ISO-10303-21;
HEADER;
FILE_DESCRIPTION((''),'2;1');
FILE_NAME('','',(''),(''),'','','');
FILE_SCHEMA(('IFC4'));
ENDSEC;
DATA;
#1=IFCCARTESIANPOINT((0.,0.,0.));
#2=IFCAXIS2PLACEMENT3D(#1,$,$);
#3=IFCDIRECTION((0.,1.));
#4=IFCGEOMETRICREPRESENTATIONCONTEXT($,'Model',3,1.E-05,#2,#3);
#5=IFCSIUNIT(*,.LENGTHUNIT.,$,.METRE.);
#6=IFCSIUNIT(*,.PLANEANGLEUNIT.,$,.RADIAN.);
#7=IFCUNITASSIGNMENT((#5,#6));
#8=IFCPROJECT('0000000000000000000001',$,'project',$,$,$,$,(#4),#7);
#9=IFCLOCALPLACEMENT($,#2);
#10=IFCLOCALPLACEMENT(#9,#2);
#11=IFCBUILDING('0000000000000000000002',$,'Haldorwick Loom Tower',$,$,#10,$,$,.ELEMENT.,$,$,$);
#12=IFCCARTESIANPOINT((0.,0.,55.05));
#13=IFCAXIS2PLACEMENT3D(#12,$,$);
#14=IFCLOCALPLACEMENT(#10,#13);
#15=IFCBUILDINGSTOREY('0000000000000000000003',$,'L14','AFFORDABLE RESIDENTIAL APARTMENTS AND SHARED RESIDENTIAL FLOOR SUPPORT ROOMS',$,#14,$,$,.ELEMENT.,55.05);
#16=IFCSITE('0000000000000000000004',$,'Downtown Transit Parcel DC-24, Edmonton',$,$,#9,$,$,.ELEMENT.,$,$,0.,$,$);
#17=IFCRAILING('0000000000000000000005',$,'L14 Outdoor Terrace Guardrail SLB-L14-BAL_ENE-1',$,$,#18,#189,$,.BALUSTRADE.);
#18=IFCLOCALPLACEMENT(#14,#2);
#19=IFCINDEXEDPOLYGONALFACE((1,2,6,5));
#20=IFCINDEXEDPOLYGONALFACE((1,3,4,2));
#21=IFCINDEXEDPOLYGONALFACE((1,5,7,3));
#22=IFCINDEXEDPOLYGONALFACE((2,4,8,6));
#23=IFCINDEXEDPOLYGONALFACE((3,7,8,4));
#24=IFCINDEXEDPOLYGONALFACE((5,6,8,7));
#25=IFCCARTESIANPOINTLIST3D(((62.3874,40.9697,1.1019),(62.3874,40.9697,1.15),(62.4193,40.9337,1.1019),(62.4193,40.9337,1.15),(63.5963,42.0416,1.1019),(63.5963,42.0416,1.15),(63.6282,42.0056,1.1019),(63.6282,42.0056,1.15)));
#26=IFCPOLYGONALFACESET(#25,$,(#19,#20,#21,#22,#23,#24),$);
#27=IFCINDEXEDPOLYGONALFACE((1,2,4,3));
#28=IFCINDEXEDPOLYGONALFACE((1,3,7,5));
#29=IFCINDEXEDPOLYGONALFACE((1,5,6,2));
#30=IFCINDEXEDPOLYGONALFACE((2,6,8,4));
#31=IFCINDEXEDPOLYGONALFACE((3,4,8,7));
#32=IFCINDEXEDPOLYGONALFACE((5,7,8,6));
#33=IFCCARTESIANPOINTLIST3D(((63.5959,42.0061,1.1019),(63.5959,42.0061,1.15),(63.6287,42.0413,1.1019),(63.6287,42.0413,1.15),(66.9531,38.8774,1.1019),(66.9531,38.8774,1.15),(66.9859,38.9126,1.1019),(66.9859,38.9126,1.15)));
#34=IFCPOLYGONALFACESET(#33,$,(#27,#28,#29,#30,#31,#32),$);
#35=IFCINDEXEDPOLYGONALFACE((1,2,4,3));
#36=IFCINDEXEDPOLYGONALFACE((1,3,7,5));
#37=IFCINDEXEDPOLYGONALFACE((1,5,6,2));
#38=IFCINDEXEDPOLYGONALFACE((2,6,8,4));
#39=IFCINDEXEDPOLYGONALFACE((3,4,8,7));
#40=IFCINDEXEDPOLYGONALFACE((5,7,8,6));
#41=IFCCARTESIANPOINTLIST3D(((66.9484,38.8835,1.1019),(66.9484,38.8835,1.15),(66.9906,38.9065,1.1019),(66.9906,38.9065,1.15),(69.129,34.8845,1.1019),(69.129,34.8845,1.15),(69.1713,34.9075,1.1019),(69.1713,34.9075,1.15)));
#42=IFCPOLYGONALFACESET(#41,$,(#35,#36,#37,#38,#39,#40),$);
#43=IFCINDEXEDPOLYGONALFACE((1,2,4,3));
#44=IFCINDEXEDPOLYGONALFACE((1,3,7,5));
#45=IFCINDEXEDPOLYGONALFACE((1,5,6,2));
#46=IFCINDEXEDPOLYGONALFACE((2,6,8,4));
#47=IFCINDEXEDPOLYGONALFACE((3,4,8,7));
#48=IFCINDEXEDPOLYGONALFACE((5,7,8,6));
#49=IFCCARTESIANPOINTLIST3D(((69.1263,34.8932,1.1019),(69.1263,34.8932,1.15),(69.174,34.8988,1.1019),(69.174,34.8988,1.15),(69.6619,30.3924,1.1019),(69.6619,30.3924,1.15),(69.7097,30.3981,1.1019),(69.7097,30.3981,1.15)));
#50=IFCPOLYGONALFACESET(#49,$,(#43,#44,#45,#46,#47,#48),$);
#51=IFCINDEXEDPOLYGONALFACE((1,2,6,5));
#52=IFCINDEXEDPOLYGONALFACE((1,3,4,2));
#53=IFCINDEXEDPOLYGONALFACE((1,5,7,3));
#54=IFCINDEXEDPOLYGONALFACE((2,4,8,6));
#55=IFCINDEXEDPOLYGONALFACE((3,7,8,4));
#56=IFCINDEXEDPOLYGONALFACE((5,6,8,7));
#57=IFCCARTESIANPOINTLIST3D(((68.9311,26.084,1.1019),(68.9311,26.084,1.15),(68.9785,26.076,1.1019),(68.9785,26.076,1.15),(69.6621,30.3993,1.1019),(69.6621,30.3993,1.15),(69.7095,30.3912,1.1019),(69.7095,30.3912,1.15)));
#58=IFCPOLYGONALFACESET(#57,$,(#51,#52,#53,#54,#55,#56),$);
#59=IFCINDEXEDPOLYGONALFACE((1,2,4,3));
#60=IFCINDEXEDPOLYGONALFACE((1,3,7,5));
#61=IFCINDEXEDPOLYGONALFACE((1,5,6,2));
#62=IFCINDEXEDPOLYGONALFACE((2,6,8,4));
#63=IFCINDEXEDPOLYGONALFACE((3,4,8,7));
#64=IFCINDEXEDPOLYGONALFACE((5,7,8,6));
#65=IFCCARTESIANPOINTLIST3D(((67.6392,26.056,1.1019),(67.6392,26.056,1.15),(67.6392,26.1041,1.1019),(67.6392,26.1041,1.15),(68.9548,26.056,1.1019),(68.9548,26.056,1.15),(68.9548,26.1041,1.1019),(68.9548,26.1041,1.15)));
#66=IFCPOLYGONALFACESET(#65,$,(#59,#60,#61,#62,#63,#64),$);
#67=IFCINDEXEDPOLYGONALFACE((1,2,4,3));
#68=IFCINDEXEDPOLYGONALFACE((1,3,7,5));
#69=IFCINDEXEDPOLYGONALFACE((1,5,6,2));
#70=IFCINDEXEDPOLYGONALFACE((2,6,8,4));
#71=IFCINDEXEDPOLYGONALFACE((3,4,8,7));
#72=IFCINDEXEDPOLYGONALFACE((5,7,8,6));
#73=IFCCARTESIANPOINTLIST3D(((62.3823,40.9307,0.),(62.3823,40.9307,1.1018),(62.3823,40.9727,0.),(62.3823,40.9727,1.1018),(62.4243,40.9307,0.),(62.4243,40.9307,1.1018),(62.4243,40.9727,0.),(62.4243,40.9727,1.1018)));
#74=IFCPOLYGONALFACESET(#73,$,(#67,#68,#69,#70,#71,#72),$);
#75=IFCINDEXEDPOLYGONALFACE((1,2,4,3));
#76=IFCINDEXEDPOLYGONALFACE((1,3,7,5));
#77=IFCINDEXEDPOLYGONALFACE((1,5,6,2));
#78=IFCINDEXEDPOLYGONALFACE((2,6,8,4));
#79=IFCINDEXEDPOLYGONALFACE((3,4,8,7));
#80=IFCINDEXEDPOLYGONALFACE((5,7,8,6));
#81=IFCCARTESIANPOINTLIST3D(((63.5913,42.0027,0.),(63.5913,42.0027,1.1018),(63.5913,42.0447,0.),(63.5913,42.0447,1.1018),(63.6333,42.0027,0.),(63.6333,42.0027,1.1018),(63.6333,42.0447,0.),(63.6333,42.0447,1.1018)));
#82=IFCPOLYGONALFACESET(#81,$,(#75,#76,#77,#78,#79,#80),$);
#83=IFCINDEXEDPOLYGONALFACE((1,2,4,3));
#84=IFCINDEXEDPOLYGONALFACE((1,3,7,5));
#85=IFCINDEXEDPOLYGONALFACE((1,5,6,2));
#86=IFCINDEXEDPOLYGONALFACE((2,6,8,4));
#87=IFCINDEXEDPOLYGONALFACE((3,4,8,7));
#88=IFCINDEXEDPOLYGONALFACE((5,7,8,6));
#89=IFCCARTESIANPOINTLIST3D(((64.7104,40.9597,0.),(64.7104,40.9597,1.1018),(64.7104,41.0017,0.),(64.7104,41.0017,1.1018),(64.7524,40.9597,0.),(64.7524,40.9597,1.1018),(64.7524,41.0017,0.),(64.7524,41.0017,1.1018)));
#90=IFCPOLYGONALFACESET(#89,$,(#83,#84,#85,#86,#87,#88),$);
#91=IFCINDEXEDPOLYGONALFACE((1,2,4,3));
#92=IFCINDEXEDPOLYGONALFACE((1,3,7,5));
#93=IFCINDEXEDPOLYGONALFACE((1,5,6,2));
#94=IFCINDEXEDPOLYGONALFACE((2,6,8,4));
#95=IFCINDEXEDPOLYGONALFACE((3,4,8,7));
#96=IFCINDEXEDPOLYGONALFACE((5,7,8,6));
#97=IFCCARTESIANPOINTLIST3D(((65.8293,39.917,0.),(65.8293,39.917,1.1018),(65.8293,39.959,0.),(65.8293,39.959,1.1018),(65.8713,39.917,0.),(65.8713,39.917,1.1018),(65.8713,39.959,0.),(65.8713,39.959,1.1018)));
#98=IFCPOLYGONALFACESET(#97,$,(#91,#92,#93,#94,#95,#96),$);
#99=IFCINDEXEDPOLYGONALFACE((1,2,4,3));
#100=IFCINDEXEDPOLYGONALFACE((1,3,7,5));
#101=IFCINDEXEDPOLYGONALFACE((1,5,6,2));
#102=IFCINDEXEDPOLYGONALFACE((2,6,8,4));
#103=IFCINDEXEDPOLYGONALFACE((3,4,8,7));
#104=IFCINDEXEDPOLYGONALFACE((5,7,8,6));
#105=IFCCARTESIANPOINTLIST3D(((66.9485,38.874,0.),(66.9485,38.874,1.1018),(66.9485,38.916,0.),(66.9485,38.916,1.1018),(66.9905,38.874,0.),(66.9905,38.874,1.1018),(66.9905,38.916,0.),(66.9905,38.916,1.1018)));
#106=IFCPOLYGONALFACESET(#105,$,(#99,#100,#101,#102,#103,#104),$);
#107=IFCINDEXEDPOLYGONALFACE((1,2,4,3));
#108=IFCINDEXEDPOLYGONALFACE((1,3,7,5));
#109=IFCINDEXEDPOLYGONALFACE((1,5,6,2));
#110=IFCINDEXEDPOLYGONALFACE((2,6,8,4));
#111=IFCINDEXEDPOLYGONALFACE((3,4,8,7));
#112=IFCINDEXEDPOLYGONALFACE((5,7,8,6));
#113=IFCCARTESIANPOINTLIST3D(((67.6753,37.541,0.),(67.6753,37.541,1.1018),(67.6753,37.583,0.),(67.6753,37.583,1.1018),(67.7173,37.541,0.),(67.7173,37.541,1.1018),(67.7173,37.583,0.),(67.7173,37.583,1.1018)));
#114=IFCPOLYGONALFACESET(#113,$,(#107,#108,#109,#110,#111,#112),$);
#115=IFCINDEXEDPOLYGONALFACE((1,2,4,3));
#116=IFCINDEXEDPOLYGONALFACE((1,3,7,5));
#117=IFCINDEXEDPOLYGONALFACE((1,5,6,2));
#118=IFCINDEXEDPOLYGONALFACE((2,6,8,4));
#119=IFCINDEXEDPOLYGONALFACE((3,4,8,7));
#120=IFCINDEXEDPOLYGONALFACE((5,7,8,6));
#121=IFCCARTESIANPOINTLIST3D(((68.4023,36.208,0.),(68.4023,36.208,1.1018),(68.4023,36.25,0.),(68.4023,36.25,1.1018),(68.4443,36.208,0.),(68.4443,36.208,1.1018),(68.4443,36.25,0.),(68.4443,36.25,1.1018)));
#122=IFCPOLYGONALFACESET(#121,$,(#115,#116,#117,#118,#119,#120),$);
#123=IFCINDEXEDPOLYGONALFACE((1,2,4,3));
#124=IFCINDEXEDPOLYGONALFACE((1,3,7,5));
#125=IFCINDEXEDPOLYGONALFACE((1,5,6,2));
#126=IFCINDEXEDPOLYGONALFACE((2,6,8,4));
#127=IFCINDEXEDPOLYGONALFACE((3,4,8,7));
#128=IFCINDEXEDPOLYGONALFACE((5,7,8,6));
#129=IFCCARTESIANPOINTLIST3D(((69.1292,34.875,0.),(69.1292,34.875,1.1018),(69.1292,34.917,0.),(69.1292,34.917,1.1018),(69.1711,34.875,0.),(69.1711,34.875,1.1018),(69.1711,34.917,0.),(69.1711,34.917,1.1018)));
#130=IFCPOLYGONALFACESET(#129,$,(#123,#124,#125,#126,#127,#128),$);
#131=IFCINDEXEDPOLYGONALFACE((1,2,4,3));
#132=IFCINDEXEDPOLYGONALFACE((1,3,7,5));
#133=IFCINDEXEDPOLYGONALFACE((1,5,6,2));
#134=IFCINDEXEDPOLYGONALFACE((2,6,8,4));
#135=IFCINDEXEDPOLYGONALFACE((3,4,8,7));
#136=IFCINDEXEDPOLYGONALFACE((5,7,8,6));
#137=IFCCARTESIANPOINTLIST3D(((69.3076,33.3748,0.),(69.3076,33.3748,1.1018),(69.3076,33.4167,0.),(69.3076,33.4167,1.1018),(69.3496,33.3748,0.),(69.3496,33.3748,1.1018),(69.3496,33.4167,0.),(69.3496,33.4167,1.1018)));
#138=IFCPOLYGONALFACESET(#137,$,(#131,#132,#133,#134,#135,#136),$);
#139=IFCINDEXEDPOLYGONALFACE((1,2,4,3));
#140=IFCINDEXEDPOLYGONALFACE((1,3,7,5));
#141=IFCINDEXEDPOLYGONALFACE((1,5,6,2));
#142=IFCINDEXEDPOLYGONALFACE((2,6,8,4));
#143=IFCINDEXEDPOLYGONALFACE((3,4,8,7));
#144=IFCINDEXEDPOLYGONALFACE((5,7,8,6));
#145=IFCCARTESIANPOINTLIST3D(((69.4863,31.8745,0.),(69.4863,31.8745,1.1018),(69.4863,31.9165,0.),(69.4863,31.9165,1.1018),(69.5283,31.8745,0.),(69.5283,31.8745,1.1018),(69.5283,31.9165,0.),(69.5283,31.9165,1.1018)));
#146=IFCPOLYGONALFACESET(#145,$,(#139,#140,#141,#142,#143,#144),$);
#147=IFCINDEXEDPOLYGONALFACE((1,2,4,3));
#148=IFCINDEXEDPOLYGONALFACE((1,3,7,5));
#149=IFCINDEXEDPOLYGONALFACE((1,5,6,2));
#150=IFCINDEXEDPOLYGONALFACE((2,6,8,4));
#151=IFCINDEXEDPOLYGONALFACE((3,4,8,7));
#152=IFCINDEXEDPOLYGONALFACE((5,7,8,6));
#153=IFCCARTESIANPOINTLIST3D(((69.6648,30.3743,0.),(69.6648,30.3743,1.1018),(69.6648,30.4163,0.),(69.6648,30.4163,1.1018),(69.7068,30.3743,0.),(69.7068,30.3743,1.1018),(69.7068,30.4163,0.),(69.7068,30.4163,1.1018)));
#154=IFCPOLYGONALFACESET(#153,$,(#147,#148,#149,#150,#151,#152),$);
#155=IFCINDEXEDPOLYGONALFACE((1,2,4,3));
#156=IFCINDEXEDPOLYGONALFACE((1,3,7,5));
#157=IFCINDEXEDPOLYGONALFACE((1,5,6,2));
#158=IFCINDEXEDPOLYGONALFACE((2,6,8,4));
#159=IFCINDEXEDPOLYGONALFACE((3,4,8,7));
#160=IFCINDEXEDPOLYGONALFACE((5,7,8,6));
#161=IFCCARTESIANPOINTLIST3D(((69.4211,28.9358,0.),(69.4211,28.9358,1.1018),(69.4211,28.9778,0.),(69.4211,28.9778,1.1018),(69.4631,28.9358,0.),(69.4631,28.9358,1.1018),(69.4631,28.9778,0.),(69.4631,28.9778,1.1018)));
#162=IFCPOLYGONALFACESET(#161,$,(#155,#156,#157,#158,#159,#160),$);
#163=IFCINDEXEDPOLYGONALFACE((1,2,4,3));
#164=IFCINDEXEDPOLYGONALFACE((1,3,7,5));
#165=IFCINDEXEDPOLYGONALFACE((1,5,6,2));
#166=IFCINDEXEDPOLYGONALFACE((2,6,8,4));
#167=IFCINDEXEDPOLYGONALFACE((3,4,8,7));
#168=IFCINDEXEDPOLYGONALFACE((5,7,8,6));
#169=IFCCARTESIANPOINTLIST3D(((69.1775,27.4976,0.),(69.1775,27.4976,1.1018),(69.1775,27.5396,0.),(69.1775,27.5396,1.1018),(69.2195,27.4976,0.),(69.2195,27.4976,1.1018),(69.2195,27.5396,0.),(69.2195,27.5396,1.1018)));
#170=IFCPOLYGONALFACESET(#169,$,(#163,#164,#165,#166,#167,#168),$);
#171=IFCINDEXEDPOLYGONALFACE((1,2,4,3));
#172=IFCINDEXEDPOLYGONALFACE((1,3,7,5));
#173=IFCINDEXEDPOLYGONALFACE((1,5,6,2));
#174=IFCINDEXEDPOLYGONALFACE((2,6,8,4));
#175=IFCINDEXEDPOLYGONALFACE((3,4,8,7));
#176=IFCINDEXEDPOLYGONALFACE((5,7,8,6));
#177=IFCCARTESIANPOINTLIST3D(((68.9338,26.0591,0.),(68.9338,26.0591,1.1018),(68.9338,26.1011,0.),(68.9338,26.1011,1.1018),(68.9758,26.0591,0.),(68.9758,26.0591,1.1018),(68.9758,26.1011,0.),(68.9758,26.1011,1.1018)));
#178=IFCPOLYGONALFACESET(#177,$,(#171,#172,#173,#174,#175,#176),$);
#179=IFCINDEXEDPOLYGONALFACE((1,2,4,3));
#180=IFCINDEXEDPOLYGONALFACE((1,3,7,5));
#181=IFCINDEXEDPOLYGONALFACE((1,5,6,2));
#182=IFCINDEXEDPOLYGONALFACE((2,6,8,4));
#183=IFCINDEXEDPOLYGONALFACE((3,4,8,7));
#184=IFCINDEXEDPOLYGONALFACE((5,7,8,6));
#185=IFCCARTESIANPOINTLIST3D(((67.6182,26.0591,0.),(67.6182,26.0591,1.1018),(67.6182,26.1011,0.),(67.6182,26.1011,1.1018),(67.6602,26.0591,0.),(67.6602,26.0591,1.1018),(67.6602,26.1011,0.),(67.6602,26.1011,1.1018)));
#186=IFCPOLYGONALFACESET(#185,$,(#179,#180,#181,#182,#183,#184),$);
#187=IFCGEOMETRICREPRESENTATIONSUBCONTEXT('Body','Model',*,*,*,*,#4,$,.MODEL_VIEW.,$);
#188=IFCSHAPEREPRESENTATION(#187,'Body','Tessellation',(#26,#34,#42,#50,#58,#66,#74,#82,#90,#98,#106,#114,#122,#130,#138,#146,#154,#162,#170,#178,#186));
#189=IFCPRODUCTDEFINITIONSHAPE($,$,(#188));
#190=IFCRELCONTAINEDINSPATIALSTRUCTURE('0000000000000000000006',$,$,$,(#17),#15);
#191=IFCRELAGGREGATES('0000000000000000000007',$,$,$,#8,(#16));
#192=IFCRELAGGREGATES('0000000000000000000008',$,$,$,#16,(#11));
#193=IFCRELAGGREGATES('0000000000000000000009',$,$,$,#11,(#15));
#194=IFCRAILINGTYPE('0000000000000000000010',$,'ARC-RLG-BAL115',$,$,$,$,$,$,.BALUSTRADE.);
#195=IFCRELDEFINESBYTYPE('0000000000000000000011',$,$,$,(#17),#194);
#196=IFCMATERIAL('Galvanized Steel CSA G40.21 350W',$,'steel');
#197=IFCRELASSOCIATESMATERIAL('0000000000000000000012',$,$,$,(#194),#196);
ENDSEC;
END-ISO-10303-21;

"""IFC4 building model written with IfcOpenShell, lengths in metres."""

from ifc_helpers import new_model, si_unit, direction, frame, origin, origin_2d, place, context, subcontext, project, spatial, rectangle, extrude, material, type_object, element, save


model = new_model("IFC4")

# Units and contexts
model_context = context("Model", 3, precision=1e-05, world=origin(), true_north=direction((0.0, 1.0)))
body_context = subcontext(model_context, "Body", "Model", "MODEL_VIEW")
ifc_project = project(units=[si_unit("LENGTHUNIT", "METRE"), si_unit("PLANEANGLEUNIT", "RADIAN")], contexts=[model_context])

# Site, building, storey
site_placement = place(None, origin())
site = spatial("IfcSite", under=ifc_project, at=site_placement, Name="Downtown Transit Parcel DC-24, Edmonton", CompositionType="ELEMENT", RefElevation=0.0)
building_placement = place(site_placement, origin())
building = spatial("IfcBuilding", under=site, at=building_placement, Name="Haldorwick Loom Tower", CompositionType="ELEMENT")
storey_placement = place(building_placement, frame((0.0, 0.0, 55.05)))
storey = spatial("IfcBuildingStorey", under=building, at=storey_placement, Name="L14", Description="AFFORDABLE RESIDENTIAL APARTMENTS AND SHARED RESIDENTIAL FLOOR SUPPORT ROOMS", CompositionType="ELEMENT", Elevation=55.05)

# Railing
ifc_material_1 = material(Name="Galvanized Steel CSA G40.21 350W", Category="steel")
railing_type = type_object("IfcRailingType", Name="ARC-RLG-BAL115", PredefinedType="BALUSTRADE", material=ifc_material_1)
railing_placement = place(storey_placement, frame((62.4033, 40.9517, 0.0)))
element("IfcRailing", 1, at=railing_placement, inside=storey, type_object=railing_type, Name="L14 Outdoor Terrace Guardrail SLB-L14-BAL_ENE-1", PredefinedType="BALUSTRADE", context=body_context, shape_type="SweptSolid", body=[
    extrude(rectangle(XDim=0.0481, YDim=0.0481, at=origin_2d()), frame((0.0, 0.0, 1.126), z_axis=(0.748217, 0.663454, 0.0), x_axis=(-0.663454, 0.748217, 0.0)), (0.0, 0.0, 1.0), 1.6157),
    extrude(rectangle(XDim=0.0481, YDim=0.0481, at=origin_2d()), frame((1.209, 1.072, 1.126), z_axis=(0.731566, -0.68177, 0.0), x_axis=(0.68177, 0.731566, 0.0)), (0.0, 0.0, 1.0), 4.5891),
    extrude(rectangle(XDim=0.0481, YDim=0.0481, at=origin_2d()), frame((4.5662, -2.0566, 1.126), z_axis=(0.478747, -0.877953, 0.0), x_axis=(0.877953, 0.478747, 0.0)), (0.0, 0.0, 1.0), 4.5549),
    extrude(rectangle(XDim=0.0481, YDim=0.0481, at=origin_2d()), frame((6.7468, -6.0557, 1.126), z_axis=(0.118179, -0.992992, 0.0), x_axis=(0.992992, 0.118179, 0.0)), (0.0, 0.0, 1.0), 4.5325),
    extrude(rectangle(XDim=0.0481, YDim=0.0481, at=origin_2d()), frame((7.2825, -10.5564, 1.126), z_axis=(-0.167013, -0.985955, 0.0), x_axis=(0.985955, -0.167013, 0.0)), (0.0, 0.0, 1.0), 4.3767),
    extrude(rectangle(XDim=0.0481, YDim=0.0481, at=origin_2d()), frame((6.5515, -14.8716, 1.126), z_axis=(-1.0, 0.0, 0.0), x_axis=(0.0, -1.0, 0.0)), (0.0, 0.0, 1.0), 1.3157),
    extrude(rectangle(XDim=0.042, YDim=0.042, at=origin_2d()), origin(), (0.0, 0.0, 1.0), 1.1018),
    extrude(rectangle(XDim=0.042, YDim=0.042, at=origin_2d()), frame((1.209, 1.072, 0.0)), (0.0, 0.0, 1.0), 1.1018),
    extrude(rectangle(XDim=0.042, YDim=0.042, at=origin_2d()), frame((2.3281, 0.0291, 0.0)), (0.0, 0.0, 1.0), 1.1018),
    extrude(rectangle(XDim=0.042, YDim=0.042, at=origin_2d()), frame((3.447, -1.0137, 0.0)), (0.0, 0.0, 1.0), 1.1018),
    extrude(rectangle(XDim=0.042, YDim=0.042, at=origin_2d()), frame((4.5662, -2.0566, 0.0)), (0.0, 0.0, 1.0), 1.1018),
    extrude(rectangle(XDim=0.042, YDim=0.042, at=origin_2d()), frame((5.293, -3.3896, 0.0)), (0.0, 0.0, 1.0), 1.1018),
    extrude(rectangle(XDim=0.042, YDim=0.042, at=origin_2d()), frame((6.02, -4.7227, 0.0)), (0.0, 0.0, 1.0), 1.1018),
    extrude(rectangle(XDim=0.042, YDim=0.042, at=origin_2d()), frame((6.7468, -6.0557, 0.0)), (0.0, 0.0, 1.0), 1.1018),
    extrude(rectangle(XDim=0.042, YDim=0.042, at=origin_2d()), frame((6.9253, -7.5559, 0.0)), (0.0, 0.0, 1.0), 1.1018),
    extrude(rectangle(XDim=0.042, YDim=0.042, at=origin_2d()), frame((7.104, -9.0562, 0.0)), (0.0, 0.0, 1.0), 1.1018),
    extrude(rectangle(XDim=0.042, YDim=0.042, at=origin_2d()), frame((7.2825, -10.5564, 0.0)), (0.0, 0.0, 1.0), 1.1018),
    extrude(rectangle(XDim=0.042, YDim=0.042, at=origin_2d()), frame((7.0388, -11.9949, 0.0)), (0.0, 0.0, 1.0), 1.1018),
    extrude(rectangle(XDim=0.042, YDim=0.042, at=origin_2d()), frame((6.7952, -13.4331, 0.0)), (0.0, 0.0, 1.0), 1.1018),
    extrude(rectangle(XDim=0.042, YDim=0.042, at=origin_2d()), frame((6.5515, -14.8716, 0.0)), (0.0, 0.0, 1.0), 1.1018),
    extrude(rectangle(XDim=0.042, YDim=0.042, at=origin_2d()), frame((5.2358, -14.8716, 0.0)), (0.0, 0.0, 1.0), 1.1018),
])

save(model, "model.ifc")
